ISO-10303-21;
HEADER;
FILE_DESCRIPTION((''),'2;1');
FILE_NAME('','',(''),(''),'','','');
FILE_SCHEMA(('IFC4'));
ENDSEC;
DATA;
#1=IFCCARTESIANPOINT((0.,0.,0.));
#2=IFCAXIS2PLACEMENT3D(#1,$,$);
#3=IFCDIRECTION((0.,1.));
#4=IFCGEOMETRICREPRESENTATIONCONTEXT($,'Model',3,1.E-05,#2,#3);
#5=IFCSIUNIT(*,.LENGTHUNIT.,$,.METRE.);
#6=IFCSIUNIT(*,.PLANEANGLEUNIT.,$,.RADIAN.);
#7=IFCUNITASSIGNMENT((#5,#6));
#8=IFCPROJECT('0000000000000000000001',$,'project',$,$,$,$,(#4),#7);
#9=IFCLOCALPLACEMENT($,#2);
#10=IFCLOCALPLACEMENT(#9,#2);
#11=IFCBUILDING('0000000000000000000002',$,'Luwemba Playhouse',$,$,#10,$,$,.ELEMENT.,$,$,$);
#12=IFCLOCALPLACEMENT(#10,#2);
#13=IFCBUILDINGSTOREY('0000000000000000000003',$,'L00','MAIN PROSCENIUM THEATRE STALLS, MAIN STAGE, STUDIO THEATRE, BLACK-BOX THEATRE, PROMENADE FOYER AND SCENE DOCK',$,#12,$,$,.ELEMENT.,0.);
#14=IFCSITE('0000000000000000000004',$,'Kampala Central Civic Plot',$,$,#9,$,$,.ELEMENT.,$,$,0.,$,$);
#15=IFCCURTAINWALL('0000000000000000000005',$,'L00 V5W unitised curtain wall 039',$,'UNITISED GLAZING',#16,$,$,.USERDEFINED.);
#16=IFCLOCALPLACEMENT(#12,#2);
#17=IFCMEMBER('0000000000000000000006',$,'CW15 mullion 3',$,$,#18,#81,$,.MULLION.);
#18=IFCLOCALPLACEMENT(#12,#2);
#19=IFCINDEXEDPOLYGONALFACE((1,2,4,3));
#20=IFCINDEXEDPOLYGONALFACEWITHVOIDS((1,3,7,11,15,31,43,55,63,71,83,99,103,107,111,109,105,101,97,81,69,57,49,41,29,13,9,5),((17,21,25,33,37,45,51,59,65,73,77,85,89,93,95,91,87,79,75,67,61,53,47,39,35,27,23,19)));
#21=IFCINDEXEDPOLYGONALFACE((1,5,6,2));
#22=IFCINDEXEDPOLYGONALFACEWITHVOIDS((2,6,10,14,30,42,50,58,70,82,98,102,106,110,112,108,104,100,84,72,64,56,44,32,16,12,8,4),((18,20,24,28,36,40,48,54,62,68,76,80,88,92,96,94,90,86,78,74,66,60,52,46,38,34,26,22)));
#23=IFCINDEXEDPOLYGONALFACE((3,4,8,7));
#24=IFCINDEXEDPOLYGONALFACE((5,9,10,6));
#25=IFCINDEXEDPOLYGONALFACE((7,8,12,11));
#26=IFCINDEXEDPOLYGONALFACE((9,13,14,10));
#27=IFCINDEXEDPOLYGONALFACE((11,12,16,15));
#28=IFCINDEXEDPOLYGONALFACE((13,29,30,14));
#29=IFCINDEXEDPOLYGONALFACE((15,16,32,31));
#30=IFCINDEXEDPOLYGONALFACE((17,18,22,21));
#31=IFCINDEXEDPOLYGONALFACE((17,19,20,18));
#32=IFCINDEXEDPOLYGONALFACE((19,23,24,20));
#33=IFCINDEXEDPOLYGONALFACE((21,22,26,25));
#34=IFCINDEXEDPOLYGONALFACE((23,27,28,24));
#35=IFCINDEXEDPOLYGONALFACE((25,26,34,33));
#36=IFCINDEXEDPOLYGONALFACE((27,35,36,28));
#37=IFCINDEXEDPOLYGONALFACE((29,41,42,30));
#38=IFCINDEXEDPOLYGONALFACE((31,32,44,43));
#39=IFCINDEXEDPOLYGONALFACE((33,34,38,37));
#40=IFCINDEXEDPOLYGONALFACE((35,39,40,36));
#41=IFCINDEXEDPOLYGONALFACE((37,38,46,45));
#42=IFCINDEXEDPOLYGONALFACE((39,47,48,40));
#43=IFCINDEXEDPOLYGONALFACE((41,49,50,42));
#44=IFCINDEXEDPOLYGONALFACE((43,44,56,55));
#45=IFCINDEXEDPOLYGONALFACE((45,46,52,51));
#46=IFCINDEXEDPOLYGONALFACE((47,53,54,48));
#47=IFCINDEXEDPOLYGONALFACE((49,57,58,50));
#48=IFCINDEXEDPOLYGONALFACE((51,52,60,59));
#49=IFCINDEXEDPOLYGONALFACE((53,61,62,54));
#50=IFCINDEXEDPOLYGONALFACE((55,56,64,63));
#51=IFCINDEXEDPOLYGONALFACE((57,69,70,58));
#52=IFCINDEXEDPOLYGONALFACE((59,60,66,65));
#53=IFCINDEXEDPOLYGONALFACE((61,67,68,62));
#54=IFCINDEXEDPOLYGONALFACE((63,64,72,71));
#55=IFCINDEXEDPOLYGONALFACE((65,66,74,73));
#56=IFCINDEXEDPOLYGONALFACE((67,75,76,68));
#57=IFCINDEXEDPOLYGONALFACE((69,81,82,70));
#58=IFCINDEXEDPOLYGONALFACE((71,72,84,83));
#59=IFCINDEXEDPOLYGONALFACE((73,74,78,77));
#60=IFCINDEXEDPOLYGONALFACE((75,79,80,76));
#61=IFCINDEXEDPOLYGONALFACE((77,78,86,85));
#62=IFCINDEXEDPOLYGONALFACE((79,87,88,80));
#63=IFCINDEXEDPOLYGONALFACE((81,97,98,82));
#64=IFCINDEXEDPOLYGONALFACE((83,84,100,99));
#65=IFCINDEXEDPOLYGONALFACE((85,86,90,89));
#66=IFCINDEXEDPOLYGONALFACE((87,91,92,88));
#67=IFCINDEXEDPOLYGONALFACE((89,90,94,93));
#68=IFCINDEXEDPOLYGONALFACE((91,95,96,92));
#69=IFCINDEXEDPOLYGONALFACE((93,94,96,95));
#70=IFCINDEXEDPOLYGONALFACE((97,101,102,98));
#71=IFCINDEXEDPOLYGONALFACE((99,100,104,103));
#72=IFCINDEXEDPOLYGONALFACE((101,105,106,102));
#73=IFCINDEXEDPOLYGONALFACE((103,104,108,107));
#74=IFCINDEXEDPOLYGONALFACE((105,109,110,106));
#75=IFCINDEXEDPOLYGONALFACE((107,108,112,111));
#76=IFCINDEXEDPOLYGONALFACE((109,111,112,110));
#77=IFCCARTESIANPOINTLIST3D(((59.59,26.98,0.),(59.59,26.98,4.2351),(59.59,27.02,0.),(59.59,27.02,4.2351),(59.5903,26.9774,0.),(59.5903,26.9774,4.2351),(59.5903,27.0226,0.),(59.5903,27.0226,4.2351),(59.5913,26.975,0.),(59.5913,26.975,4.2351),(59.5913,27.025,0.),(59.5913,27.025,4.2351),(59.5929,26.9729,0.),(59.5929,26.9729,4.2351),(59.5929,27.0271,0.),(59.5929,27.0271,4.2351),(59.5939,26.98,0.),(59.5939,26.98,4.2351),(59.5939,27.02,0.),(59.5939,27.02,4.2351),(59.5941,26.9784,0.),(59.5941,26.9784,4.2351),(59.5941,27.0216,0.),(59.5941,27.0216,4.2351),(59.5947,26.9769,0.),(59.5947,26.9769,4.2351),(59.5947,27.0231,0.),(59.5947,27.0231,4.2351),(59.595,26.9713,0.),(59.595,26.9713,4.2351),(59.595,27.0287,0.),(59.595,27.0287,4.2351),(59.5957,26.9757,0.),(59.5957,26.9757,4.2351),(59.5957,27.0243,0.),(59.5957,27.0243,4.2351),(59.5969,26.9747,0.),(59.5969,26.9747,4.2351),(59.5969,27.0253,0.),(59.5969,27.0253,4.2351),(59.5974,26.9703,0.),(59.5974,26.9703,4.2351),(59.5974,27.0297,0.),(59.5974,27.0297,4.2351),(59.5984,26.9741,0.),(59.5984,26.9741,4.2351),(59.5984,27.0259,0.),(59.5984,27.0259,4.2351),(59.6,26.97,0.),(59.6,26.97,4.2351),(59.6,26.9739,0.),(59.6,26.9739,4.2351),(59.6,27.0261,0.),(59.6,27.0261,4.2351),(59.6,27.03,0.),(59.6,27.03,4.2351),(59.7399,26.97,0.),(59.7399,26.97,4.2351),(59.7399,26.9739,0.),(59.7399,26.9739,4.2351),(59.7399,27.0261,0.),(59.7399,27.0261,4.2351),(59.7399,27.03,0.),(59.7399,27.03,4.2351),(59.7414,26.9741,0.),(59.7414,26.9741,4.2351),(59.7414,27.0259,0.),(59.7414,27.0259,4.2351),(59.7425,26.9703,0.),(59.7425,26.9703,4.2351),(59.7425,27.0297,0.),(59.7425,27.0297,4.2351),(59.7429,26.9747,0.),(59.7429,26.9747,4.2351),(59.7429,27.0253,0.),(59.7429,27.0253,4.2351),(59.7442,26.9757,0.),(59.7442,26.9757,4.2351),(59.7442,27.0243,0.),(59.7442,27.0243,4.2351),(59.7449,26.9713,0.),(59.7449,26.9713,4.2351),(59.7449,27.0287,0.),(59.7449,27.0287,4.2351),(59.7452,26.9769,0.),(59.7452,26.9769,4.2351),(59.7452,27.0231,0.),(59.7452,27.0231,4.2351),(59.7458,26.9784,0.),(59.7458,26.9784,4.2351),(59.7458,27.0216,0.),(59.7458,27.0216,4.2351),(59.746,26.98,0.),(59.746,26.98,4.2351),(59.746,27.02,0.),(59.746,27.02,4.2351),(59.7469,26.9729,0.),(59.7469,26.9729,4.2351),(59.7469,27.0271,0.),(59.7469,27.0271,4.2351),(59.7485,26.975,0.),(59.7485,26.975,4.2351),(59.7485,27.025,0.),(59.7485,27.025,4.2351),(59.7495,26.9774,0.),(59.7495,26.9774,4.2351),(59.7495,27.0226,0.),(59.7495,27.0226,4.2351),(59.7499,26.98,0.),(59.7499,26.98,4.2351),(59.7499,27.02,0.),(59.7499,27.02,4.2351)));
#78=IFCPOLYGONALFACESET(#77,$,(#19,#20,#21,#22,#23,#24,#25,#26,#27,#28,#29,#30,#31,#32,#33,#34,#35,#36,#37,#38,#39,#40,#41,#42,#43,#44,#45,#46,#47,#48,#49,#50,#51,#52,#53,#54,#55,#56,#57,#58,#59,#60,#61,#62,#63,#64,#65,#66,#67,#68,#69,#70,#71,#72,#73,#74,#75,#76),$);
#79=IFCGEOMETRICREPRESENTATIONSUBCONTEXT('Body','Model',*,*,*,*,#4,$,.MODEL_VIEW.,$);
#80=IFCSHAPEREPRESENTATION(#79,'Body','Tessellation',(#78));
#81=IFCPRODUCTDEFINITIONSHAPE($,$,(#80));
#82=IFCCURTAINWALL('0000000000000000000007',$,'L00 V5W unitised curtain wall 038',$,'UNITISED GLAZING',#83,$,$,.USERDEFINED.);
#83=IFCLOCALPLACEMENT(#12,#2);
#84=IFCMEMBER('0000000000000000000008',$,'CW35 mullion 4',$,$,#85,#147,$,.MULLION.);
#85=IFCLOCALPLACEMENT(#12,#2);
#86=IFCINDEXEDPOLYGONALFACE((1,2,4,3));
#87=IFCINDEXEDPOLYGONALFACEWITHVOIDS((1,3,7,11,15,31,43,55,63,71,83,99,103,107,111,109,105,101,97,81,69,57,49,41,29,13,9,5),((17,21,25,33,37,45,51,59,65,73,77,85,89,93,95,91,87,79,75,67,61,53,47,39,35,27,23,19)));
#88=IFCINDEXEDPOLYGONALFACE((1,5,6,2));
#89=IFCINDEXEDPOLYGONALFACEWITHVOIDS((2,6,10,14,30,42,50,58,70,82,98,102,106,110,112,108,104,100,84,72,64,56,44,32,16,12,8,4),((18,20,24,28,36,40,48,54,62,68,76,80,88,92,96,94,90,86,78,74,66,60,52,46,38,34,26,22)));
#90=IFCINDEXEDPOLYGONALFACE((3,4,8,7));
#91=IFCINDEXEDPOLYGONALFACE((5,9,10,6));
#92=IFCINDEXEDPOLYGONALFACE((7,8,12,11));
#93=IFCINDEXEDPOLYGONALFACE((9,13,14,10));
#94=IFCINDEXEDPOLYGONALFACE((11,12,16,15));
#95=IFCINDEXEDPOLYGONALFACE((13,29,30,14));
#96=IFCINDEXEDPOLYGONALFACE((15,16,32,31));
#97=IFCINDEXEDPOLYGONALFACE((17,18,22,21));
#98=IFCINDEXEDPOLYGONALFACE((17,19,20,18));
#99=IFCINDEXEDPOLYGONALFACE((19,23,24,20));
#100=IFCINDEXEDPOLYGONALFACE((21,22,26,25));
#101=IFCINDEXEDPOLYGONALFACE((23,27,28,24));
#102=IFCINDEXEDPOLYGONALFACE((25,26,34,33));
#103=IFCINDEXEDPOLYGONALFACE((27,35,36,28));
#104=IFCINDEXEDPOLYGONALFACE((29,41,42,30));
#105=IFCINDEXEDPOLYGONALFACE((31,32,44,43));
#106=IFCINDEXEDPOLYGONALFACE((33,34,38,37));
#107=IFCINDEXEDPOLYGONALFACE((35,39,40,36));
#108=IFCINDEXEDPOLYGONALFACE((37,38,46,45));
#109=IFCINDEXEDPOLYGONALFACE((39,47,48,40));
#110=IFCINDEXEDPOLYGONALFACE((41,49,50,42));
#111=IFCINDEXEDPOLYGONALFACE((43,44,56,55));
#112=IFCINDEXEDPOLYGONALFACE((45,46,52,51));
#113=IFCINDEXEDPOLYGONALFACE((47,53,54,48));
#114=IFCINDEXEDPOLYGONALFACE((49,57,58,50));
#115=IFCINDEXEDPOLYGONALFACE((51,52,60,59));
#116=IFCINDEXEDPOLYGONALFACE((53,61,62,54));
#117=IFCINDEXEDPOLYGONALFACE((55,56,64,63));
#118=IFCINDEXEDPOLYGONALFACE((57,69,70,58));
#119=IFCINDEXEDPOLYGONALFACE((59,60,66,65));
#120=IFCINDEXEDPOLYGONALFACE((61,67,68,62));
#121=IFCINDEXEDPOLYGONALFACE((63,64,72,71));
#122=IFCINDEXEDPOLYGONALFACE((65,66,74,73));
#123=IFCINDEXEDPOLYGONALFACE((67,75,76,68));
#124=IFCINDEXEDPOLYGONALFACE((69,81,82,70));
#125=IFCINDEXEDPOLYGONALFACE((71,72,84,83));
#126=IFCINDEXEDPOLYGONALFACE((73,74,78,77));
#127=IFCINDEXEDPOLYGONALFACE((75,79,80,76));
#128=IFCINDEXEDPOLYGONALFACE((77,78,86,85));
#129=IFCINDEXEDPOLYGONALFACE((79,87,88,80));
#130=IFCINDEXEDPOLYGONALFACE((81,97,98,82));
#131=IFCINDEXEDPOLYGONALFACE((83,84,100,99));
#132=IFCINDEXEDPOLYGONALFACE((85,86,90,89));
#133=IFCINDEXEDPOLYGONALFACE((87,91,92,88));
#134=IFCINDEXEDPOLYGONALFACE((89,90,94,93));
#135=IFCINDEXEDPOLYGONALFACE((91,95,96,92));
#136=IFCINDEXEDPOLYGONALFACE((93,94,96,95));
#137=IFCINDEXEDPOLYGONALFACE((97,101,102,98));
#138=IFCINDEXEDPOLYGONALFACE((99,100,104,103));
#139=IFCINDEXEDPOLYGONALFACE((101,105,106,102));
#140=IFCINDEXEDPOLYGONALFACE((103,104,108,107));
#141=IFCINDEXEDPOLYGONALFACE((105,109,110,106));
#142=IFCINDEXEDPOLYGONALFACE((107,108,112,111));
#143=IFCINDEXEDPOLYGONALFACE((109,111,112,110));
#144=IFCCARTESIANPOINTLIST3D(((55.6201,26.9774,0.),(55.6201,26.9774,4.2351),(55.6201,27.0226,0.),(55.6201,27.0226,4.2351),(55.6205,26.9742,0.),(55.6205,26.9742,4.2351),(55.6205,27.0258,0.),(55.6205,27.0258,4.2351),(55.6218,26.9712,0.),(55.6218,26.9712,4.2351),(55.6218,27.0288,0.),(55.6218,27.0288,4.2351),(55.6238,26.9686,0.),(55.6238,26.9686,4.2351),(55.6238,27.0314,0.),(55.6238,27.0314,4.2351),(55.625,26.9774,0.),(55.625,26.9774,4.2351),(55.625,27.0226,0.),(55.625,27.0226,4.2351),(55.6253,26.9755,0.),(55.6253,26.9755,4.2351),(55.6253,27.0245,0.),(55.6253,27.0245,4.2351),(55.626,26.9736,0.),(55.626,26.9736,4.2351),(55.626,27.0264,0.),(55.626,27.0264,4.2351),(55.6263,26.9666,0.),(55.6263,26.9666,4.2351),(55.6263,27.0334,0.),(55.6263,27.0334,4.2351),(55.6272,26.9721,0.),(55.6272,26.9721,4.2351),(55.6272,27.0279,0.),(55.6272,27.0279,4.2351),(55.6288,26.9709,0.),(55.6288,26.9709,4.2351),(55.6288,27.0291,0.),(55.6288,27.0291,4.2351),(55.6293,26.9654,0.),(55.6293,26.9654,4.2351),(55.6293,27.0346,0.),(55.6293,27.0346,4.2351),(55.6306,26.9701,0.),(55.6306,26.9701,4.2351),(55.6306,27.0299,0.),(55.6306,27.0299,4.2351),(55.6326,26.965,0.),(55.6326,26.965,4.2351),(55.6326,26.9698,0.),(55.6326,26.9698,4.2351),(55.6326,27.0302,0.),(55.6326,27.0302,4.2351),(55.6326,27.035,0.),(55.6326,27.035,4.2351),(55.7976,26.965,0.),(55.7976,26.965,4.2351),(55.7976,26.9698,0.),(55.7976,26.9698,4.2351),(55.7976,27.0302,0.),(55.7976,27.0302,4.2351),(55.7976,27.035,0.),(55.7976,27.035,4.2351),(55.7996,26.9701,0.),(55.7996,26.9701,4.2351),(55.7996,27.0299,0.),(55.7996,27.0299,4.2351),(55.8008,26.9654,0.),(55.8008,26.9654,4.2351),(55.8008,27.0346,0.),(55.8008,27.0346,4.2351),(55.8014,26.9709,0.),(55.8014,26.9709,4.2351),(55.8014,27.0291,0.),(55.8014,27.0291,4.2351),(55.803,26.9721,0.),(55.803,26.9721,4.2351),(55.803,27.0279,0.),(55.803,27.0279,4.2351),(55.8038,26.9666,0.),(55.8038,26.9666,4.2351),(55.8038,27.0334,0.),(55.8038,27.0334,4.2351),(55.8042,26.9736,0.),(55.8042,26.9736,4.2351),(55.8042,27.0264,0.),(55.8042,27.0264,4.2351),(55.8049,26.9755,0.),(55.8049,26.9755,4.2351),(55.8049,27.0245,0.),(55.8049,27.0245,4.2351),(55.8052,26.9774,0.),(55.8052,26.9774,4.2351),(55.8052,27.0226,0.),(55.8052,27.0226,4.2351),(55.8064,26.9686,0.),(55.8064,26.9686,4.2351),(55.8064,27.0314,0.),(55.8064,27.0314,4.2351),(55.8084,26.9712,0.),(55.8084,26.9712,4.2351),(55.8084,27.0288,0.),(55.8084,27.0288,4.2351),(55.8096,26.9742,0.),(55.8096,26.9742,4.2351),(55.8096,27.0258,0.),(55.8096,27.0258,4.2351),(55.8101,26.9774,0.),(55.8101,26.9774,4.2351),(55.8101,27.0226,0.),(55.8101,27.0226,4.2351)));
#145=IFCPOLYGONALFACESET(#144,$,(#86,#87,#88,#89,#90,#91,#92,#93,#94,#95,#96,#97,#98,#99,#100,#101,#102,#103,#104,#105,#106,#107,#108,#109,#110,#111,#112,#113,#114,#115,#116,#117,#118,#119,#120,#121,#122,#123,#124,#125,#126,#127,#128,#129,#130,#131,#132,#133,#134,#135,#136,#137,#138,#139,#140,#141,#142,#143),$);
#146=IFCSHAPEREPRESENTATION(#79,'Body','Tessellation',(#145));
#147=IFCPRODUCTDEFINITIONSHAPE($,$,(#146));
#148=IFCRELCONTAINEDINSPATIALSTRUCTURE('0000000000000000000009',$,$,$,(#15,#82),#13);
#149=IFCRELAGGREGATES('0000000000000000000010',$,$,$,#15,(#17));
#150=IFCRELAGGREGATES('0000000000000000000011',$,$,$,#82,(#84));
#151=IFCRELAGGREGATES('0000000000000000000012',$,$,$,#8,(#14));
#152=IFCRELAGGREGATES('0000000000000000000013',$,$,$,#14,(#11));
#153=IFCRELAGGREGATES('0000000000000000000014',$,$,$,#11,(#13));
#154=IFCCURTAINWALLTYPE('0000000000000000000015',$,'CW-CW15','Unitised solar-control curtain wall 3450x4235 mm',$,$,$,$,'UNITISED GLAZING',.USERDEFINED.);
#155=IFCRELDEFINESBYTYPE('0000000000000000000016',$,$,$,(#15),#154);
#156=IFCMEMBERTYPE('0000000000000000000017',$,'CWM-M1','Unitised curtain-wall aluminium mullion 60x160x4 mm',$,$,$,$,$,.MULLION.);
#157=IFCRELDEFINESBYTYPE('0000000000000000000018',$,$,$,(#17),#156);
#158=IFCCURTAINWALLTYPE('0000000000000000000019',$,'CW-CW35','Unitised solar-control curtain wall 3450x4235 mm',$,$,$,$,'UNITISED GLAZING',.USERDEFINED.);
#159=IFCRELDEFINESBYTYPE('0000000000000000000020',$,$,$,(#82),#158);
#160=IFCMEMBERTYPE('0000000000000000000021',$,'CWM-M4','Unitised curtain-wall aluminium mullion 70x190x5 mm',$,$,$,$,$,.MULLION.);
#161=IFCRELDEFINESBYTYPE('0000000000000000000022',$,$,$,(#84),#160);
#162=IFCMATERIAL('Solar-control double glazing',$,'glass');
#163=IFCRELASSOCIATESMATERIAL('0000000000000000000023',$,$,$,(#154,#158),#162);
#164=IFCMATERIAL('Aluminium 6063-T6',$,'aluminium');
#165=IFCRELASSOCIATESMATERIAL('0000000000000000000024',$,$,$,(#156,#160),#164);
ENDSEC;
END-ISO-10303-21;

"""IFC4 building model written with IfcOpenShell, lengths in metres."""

from ifc_helpers import new_model, si_unit, direction, frame, origin, origin_2d, place, context, subcontext, project, spatial, hollow_rectangle, extrude, material, material_profile, profile_set, type_object, element, aggregate, save


model = new_model("IFC4")

# Units and contexts
model_context = context("Model", 3, precision=1e-05, world=origin(), true_north=direction((0.0, 1.0)))
body_context = subcontext(model_context, "Body", "Model", "MODEL_VIEW")
ifc_project = project(units=[si_unit("LENGTHUNIT", "METRE"), si_unit("PLANEANGLEUNIT", "RADIAN")], contexts=[model_context])

# Site, building, storey
site_placement = place(None, origin())
site = spatial("IfcSite", under=ifc_project, at=site_placement, Name="Kampala Central Civic Plot", CompositionType="ELEMENT", RefElevation=0.0)
building_placement = place(site_placement, origin())
building = spatial("IfcBuilding", under=site, at=building_placement, Name="Luwemba Playhouse", CompositionType="ELEMENT")
storey_placement = place(building_placement, origin())
storey = spatial("IfcBuildingStorey", under=building, at=storey_placement, Name="L00", Description="MAIN PROSCENIUM THEATRE STALLS, MAIN STAGE, STUDIO THEATRE, BLACK-BOX THEATRE, PROMENADE FOYER AND SCENE DOCK", CompositionType="ELEMENT", Elevation=0.0)

# Curtain wall, member
ifc_material_1 = material(Name="Solar-control double glazing", Category="glass")
curtain_wall_type_1 = type_object("IfcCurtainWallType", Name="CW-CW15", Description="Unitised solar-control curtain wall 3450x4235 mm", ElementType="UNITISED GLAZING", PredefinedType="USERDEFINED", material=ifc_material_1)
curtain_wall_1_placement = place(storey_placement, origin())
curtain_wall_1 = element("IfcCurtainWall", 1, at=curtain_wall_1_placement, inside=storey, type_object=curtain_wall_type_1, Name="L00 V5W unitised curtain wall 039", ObjectType="UNITISED GLAZING", PredefinedType="USERDEFINED")
ifc_material_2 = material(Name="Aluminium 6063-T6", Category="aluminium")
ifc_material_profile_1 = material_profile(ifc_material_2, hollow_rectangle(XDim=0.0601, YDim=0.1599, WallThickness=0.0039, InnerFilletRadius=0.0061, OuterFilletRadius=0.01, at=origin_2d()))
ifc_profile_set_1 = profile_set([ifc_material_profile_1], Name="Aluminium 6063-T6")
member_type_1 = type_object("IfcMemberType", Name="CWM-M1", Description="Unitised curtain-wall aluminium mullion 60x160x4 mm", PredefinedType="MULLION", material=ifc_profile_set_1)
member_1_placement = place(storey_placement, frame((59.6699, 27.0, 0.0), z_axis=(0.0, 0.0, 1.0), x_axis=(0.0, 1.0, 0.0)))
member_1 = element("IfcMember", 2, at=member_1_placement, type_object=member_type_1, Name="CW15 mullion 3", PredefinedType="MULLION", context=body_context, shape_type="SweptSolid", body=[
    extrude(hollow_rectangle(XDim=0.0601, YDim=0.1599, WallThickness=0.0039, InnerFilletRadius=0.0061, OuterFilletRadius=0.01, at=origin_2d()), origin(), (0.0, 0.0, 1.0), 4.2351),
])

# Curtain wall, member
curtain_wall_type_2 = type_object("IfcCurtainWallType", Name="CW-CW35", Description="Unitised solar-control curtain wall 3450x4235 mm", ElementType="UNITISED GLAZING", PredefinedType="USERDEFINED", material=ifc_material_1)
curtain_wall_2_placement = place(storey_placement, origin())
curtain_wall_2 = element("IfcCurtainWall", 3, at=curtain_wall_2_placement, inside=storey, type_object=curtain_wall_type_2, Name="L00 V5W unitised curtain wall 038", ObjectType="UNITISED GLAZING", PredefinedType="USERDEFINED")
ifc_material_profile_2 = material_profile(ifc_material_2, hollow_rectangle(XDim=0.0701, YDim=0.1899, WallThickness=0.0049, InnerFilletRadius=0.0076, OuterFilletRadius=0.0125, at=origin_2d()))
ifc_profile_set_2 = profile_set([ifc_material_profile_2], Name="Aluminium 6063-T6")
member_type_2 = type_object("IfcMemberType", Name="CWM-M4", Description="Unitised curtain-wall aluminium mullion 70x190x5 mm", PredefinedType="MULLION", material=ifc_profile_set_2)
member_2_placement = place(storey_placement, frame((55.7151, 27.0, 0.0), z_axis=(0.0, 0.0, 1.0), x_axis=(0.0, 1.0, 0.0)))
member_2 = element("IfcMember", 4, at=member_2_placement, type_object=member_type_2, Name="CW35 mullion 4", PredefinedType="MULLION", context=body_context, shape_type="SweptSolid", body=[
    extrude(hollow_rectangle(XDim=0.0701, YDim=0.1899, WallThickness=0.0049, InnerFilletRadius=0.0076, OuterFilletRadius=0.0125, at=origin_2d()), origin(), (0.0, 0.0, 1.0), 4.2351),
])

aggregate(curtain_wall_1, [member_1])
aggregate(curtain_wall_2, [member_2])

save(model, "model.ifc")
